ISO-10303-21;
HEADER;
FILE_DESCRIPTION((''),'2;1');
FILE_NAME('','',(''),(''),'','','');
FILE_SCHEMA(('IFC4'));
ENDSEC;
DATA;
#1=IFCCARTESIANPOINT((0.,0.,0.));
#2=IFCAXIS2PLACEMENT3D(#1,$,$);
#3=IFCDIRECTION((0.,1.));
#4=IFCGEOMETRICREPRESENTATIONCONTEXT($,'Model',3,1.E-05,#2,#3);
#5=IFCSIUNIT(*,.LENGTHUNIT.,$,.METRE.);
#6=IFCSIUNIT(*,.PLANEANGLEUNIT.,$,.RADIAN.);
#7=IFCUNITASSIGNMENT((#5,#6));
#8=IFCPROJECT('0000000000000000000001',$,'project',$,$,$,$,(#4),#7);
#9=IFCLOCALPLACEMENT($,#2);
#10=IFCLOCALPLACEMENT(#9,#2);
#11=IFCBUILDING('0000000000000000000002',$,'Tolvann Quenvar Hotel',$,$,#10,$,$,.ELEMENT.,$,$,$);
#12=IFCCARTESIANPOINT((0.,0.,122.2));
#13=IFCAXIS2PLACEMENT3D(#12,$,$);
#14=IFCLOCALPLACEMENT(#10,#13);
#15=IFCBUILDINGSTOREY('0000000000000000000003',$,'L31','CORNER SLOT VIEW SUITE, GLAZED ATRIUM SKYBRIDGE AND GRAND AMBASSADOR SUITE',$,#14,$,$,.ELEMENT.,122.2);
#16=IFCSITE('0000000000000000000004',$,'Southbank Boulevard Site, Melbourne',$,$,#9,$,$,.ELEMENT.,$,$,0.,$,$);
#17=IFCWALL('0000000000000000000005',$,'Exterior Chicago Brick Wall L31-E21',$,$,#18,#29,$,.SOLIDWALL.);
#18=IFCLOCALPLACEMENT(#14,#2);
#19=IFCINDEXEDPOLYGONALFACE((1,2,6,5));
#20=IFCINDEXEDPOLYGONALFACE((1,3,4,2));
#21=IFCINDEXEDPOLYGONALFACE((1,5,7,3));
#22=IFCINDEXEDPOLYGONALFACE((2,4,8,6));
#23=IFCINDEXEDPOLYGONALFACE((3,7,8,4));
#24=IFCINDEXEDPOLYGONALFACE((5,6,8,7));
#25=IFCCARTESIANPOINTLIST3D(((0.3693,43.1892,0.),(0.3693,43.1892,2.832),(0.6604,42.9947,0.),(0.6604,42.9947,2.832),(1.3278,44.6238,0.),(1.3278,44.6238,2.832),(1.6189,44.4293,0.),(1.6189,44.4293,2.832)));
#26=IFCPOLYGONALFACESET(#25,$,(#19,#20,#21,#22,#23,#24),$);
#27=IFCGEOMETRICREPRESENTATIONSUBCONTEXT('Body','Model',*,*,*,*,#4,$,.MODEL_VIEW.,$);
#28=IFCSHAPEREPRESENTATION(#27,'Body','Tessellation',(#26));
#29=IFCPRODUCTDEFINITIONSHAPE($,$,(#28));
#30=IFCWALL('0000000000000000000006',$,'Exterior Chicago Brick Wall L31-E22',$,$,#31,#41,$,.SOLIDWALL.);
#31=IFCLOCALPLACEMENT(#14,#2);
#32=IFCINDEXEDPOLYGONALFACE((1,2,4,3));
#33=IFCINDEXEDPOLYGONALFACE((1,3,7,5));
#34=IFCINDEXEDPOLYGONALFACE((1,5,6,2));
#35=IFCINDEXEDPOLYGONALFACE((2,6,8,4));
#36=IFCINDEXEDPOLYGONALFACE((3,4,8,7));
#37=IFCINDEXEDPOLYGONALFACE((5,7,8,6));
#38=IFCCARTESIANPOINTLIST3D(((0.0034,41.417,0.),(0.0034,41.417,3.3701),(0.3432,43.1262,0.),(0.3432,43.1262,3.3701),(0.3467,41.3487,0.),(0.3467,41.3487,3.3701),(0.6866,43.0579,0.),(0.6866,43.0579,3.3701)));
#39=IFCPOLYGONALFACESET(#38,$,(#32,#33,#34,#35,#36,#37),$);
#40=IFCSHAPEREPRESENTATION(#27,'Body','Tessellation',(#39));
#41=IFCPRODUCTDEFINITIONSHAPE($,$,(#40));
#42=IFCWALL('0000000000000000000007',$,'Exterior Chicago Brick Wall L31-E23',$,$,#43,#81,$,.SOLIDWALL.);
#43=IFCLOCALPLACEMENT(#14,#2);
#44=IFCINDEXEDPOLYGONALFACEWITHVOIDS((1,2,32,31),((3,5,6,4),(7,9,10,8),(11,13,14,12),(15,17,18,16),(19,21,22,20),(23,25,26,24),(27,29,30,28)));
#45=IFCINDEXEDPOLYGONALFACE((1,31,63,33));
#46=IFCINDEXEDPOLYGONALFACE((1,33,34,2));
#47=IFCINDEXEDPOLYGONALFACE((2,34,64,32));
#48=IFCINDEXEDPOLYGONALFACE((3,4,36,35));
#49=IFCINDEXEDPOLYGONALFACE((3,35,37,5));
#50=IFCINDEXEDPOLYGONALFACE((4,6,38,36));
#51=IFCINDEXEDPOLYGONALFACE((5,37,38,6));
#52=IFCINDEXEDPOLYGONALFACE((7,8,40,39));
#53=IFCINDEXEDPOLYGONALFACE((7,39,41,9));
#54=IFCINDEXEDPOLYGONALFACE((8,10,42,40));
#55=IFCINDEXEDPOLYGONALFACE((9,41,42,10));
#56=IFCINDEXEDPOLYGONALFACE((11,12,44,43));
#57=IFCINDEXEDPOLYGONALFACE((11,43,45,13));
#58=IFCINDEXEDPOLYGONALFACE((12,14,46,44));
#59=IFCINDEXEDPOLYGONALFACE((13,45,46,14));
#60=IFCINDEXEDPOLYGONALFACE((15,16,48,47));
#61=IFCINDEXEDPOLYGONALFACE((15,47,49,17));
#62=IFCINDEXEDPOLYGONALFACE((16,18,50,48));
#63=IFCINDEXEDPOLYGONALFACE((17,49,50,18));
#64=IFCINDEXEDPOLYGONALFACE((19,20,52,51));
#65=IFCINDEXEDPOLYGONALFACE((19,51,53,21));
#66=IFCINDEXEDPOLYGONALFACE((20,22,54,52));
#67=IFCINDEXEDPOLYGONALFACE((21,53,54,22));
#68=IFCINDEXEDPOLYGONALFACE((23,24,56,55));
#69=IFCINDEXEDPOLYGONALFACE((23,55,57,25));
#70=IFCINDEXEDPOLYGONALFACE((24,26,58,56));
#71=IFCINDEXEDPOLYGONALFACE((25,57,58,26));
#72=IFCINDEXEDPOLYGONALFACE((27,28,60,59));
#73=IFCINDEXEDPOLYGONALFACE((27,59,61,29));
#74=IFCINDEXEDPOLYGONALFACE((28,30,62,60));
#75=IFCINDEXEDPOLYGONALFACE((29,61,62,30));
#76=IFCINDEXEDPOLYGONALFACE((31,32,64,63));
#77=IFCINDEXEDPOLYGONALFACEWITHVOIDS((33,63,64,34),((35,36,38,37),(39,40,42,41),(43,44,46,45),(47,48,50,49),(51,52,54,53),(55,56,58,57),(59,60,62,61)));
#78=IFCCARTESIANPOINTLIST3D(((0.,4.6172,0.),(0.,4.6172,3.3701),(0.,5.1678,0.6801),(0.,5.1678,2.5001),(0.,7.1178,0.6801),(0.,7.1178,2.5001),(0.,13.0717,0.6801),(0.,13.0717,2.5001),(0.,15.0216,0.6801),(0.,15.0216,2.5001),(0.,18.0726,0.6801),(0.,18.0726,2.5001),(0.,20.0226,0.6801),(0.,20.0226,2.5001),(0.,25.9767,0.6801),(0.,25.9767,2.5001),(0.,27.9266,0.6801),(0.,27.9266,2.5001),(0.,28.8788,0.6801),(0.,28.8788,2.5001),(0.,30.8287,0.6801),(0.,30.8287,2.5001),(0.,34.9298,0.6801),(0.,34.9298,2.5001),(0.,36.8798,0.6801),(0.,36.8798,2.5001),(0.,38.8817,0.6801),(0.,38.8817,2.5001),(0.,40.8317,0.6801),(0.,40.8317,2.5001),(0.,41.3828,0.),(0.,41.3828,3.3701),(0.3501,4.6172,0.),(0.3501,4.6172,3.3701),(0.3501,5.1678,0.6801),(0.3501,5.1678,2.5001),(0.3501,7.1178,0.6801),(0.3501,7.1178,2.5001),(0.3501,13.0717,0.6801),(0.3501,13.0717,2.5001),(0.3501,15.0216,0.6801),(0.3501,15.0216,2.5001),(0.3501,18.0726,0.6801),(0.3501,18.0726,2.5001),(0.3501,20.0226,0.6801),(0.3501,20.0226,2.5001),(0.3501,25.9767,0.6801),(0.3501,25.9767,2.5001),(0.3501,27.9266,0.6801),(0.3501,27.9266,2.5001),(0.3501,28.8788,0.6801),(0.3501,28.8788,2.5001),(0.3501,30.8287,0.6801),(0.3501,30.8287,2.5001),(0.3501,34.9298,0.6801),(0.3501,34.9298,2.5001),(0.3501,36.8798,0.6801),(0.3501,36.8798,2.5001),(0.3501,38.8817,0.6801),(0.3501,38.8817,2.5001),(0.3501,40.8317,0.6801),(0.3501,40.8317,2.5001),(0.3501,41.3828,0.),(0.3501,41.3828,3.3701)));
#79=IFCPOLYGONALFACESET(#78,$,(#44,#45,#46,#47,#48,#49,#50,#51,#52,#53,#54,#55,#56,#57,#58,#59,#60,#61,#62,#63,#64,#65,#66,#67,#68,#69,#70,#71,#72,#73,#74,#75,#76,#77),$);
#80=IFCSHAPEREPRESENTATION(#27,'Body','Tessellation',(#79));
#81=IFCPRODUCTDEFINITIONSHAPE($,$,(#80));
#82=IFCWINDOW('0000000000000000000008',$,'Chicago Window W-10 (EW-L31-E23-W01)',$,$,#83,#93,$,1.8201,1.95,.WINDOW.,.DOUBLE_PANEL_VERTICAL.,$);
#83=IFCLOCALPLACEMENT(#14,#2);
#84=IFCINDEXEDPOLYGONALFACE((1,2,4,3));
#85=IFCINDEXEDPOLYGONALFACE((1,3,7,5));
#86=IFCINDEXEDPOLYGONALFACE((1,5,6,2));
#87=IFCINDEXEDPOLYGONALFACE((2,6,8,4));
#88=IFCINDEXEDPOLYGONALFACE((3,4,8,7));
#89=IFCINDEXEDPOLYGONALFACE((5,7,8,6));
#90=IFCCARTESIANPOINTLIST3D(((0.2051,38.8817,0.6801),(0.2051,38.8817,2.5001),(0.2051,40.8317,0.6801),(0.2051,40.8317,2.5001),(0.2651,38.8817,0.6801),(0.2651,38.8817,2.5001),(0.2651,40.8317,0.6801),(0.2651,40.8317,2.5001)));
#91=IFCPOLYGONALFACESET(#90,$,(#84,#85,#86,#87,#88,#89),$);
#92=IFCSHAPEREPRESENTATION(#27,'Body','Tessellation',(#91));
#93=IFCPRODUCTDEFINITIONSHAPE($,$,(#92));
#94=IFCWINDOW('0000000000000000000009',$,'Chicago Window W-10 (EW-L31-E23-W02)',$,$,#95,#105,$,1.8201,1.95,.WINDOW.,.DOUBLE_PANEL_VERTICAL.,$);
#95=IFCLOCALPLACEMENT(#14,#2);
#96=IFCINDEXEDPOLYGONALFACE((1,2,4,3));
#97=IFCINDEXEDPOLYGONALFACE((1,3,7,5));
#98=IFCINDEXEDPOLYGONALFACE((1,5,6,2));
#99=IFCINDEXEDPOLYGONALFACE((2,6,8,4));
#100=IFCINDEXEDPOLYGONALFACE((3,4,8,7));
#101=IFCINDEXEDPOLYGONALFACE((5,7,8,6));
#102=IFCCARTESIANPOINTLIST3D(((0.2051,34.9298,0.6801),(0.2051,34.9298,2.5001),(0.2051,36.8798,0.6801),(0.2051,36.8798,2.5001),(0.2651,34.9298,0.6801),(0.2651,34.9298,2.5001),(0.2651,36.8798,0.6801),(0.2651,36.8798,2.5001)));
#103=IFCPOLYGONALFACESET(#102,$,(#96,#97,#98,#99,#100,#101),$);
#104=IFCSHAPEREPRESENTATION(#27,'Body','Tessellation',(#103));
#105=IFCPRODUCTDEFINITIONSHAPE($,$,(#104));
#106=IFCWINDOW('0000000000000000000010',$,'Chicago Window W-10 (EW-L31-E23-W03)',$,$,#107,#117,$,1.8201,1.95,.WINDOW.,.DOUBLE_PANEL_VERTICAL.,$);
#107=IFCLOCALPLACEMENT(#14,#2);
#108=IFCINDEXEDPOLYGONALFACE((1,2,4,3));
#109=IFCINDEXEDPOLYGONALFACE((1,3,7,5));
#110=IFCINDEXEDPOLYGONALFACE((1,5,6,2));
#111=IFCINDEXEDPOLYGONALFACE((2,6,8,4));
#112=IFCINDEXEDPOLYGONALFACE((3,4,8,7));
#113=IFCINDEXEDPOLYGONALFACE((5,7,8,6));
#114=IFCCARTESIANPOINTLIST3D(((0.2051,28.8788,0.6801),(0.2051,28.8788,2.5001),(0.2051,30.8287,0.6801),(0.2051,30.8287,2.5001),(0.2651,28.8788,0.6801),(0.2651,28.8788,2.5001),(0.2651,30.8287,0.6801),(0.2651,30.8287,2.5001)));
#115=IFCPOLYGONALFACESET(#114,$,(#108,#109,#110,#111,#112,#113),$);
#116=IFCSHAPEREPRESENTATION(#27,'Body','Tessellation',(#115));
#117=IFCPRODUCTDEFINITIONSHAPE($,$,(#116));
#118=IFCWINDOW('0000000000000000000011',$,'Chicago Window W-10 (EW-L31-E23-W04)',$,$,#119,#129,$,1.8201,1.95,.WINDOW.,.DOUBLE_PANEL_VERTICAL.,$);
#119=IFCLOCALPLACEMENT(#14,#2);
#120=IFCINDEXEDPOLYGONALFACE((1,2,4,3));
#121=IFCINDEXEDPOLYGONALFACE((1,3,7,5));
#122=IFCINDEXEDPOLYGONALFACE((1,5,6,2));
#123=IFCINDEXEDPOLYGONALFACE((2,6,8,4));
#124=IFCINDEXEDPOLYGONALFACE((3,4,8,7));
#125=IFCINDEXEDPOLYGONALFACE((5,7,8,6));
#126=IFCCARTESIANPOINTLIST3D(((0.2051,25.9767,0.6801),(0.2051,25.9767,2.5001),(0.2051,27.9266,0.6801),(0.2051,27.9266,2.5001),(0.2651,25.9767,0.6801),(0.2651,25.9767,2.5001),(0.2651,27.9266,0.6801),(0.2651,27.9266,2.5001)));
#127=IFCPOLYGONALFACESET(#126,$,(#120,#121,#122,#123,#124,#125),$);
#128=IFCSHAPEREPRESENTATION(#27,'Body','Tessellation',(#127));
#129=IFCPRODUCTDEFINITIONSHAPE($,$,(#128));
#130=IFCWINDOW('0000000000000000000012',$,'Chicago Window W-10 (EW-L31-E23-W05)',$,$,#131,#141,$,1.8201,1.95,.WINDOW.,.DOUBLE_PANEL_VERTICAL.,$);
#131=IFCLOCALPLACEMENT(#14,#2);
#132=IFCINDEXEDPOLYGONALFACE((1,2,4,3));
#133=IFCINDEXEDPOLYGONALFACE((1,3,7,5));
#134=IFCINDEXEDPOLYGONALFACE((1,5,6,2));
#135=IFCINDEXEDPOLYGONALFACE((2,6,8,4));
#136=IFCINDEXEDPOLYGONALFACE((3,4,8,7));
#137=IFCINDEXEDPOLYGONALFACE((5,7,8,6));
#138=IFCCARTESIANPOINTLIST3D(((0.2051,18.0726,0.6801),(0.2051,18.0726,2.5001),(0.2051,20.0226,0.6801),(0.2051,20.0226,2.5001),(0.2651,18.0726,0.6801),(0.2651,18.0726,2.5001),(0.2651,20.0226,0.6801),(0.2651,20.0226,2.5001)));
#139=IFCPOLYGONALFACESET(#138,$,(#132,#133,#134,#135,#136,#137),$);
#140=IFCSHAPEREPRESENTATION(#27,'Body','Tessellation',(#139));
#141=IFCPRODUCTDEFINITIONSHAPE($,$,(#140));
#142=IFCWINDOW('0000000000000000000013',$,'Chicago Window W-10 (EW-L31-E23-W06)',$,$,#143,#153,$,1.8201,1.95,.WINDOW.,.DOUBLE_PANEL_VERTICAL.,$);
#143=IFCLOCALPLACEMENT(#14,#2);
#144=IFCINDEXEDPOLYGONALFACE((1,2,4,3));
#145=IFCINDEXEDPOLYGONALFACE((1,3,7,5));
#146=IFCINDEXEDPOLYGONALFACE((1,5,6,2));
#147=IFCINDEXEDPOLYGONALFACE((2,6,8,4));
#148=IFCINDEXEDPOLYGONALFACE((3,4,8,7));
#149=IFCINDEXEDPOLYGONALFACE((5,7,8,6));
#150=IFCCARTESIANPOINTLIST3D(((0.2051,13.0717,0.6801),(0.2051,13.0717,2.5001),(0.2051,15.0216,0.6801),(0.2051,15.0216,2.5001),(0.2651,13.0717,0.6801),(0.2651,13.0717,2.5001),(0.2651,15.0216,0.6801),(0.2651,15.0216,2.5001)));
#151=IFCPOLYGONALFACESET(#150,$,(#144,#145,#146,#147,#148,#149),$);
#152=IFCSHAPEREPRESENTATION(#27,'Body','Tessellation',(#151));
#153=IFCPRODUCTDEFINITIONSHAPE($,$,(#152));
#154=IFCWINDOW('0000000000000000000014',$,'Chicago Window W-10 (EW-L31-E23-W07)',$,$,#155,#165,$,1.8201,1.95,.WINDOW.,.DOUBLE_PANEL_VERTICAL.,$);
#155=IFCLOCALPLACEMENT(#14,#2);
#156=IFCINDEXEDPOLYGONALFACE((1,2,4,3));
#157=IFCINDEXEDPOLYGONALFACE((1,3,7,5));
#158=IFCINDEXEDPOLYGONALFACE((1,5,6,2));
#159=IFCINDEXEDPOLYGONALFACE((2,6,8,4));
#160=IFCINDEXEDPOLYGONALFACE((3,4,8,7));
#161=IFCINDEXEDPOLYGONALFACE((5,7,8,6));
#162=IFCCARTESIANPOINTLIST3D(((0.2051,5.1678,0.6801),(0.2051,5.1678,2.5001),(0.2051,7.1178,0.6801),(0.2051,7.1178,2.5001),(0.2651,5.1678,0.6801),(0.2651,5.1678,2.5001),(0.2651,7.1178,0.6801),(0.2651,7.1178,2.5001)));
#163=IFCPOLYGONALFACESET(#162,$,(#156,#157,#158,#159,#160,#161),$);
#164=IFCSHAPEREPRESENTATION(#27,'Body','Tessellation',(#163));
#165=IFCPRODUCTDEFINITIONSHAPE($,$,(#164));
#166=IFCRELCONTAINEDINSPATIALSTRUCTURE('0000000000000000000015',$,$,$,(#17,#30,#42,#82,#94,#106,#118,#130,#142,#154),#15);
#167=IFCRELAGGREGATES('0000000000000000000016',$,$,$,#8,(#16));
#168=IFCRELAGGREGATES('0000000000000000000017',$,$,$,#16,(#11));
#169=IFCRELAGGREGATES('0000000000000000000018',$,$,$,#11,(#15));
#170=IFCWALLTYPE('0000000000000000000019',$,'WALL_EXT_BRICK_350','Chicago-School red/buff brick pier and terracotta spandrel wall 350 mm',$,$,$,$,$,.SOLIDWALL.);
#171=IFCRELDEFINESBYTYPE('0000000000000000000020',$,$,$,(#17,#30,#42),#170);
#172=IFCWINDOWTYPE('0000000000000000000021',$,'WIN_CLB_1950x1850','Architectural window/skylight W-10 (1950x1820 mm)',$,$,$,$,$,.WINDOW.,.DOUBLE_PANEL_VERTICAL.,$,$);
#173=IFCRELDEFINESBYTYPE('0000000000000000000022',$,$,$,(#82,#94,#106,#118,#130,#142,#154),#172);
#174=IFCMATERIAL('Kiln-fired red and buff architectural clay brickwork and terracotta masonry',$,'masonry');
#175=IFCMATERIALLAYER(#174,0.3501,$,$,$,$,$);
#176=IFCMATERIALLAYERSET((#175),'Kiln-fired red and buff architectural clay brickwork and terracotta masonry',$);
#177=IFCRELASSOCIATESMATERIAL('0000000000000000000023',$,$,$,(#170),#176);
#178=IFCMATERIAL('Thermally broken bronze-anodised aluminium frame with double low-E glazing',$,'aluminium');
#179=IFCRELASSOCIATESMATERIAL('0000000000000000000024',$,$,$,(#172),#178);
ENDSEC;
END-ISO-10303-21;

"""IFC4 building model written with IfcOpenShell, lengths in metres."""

from ifc_helpers import new_model, si_unit, direction, frame, frame_2d, origin, place, context, subcontext, project, spatial, rectangle, extrude, source, transform, mapped, material, layer, layer_set, type_object, type_shapes, element, fill, save


model = new_model("IFC4")

# Units and contexts
model_context = context("Model", 3, precision=1e-05, world=origin(), true_north=direction((0.0, 1.0)))
body_context = subcontext(model_context, "Body", "Model", "MODEL_VIEW")
ifc_project = project(units=[si_unit("LENGTHUNIT", "METRE"), si_unit("PLANEANGLEUNIT", "RADIAN")], contexts=[model_context])

# Site, building, storey
site_placement = place(None, origin())
site = spatial("IfcSite", under=ifc_project, at=site_placement, Name="Southbank Boulevard Site, Melbourne", CompositionType="ELEMENT", RefElevation=0.0)
building_placement = place(site_placement, origin())
building = spatial("IfcBuilding", under=site, at=building_placement, Name="Tolvann Quenvar Hotel", CompositionType="ELEMENT")
storey_placement = place(building_placement, frame((0.0, 0.0, 122.2)))
storey = spatial("IfcBuildingStorey", under=building, at=storey_placement, Name="L31", Description="CORNER SLOT VIEW SUITE, GLAZED ATRIUM SKYBRIDGE AND GRAND AMBASSADOR SUITE", CompositionType="ELEMENT", Elevation=122.2)

# Walls
ifc_material_1 = material(Name="Kiln-fired red and buff architectural clay brickwork and terracotta masonry", Category="masonry")
ifc_layer_1 = layer(ifc_material_1, 0.3501)
ifc_layer_set_1 = layer_set([ifc_layer_1], Name="Kiln-fired red and buff architectural clay brickwork and terracotta masonry")
wall_type_1 = type_object("IfcWallType", Name="WALL_EXT_BRICK_350", Description="Chicago-School red/buff brick pier and terracotta spandrel wall 350 mm", PredefinedType="SOLIDWALL", material=ifc_layer_set_1)
for number, where, z_axis, x_axis, name in (
    (1, (1.4734, 44.5266, 0.0), (0.0, 0.0, 1.0), (-0.555549, -0.831484, 0.0), "Exterior Chicago Brick Wall L31-E21"),
):
    element("IfcWall", number, at=place(storey_placement, frame(where, z_axis=z_axis, x_axis=x_axis)), inside=storey, type_object=wall_type_1, Name=name, PredefinedType="SOLIDWALL", context=body_context, shape_type="SweptSolid", body=[
        extrude(rectangle(XDim=1.7253, YDim=0.3501, at=frame_2d((0.8628, 0.0))), origin(), (0.0, 0.0, 1.0), 2.832),
    ])
wall_1_placement = place(storey_placement, frame((0.5149, 43.092, 0.0), z_axis=(0.0, 0.0, 1.0), x_axis=(-0.195011, -0.980801, 0.0)))
element("IfcWall", 2, at=wall_1_placement, inside=storey, type_object=wall_type_1, Name="Exterior Chicago Brick Wall L31-E22", PredefinedType="SOLIDWALL", context=body_context, shape_type="SweptSolid", body=[
    extrude(rectangle(XDim=1.7427, YDim=0.3501, at=frame_2d((0.8713, 0.0))), origin(), (0.0, 0.0, 1.0), 3.3701),
])

# Wall, openings, windows
wall_2_placement = place(storey_placement, frame((0.175, 41.3828, 0.0), z_axis=(0.0, 0.0, 1.0), x_axis=(0.0, -1.0, 0.0)))
wall_2 = element("IfcWall", 3, at=wall_2_placement, inside=storey, type_object=wall_type_1, Name="Exterior Chicago Brick Wall L31-E23", PredefinedType="SOLIDWALL", context=body_context, shape_type="SweptSolid", body=[
    extrude(rectangle(XDim=36.7656, YDim=0.3501, at=frame_2d((18.3828, 0.0))), origin(), (0.0, 0.0, 1.0), 3.3701),
])
opening_1_placement = place(wall_2_placement, frame((0.551, 0.0, 0.6799)))
opening_1 = element("IfcOpeningElement", 4, at=opening_1_placement, cuts=wall_2, PredefinedType="OPENING", context=body_context, shape_type="SweptSolid", body=[
    extrude(rectangle(XDim=1.95, YDim=1.8201, at=frame_2d((0.9751, 0.9102))), frame((0.0, 0.1851, 0.0), z_axis=(0.0, -1.0, 0.0), x_axis=(1.0, 0.0, 0.0)), (0.0, 0.0, 1.0), 0.3701),
])
opening_2_placement = place(wall_2_placement, frame((4.5029, 0.0, 0.6799)))
opening_2 = element("IfcOpeningElement", 5, at=opening_2_placement, cuts=wall_2, PredefinedType="OPENING", context=body_context, shape_type="SweptSolid", body=[
    extrude(rectangle(XDim=1.95, YDim=1.8201, at=frame_2d((0.9751, 0.9102))), frame((0.0, 0.1851, 0.0), z_axis=(0.0, -1.0, 0.0), x_axis=(1.0, 0.0, 0.0)), (0.0, 0.0, 1.0), 0.3701),
])
opening_3_placement = place(wall_2_placement, frame((10.554, 0.0, 0.6799)))
opening_3 = element("IfcOpeningElement", 6, at=opening_3_placement, cuts=wall_2, PredefinedType="OPENING", context=body_context, shape_type="SweptSolid", body=[
    extrude(rectangle(XDim=1.95, YDim=1.8201, at=frame_2d((0.9751, 0.9102))), frame((0.0, 0.1851, 0.0), z_axis=(0.0, -1.0, 0.0), x_axis=(1.0, 0.0, 0.0)), (0.0, 0.0, 1.0), 0.3701),
])
opening_4_placement = place(wall_2_placement, frame((13.4561, 0.0, 0.6799)))
opening_4 = element("IfcOpeningElement", 7, at=opening_4_placement, cuts=wall_2, PredefinedType="OPENING", context=body_context, shape_type="SweptSolid", body=[
    extrude(rectangle(XDim=1.95, YDim=1.8201, at=frame_2d((0.9751, 0.9102))), frame((0.0, 0.1851, 0.0), z_axis=(0.0, -1.0, 0.0), x_axis=(1.0, 0.0, 0.0)), (0.0, 0.0, 1.0), 0.3701),
])
opening_5_placement = place(wall_2_placement, frame((21.3601, 0.0, 0.6799)))
opening_5 = element("IfcOpeningElement", 8, at=opening_5_placement, cuts=wall_2, PredefinedType="OPENING", context=body_context, shape_type="SweptSolid", body=[
    extrude(rectangle(XDim=1.95, YDim=1.8201, at=frame_2d((0.9751, 0.9102))), frame((0.0, 0.1851, 0.0), z_axis=(0.0, -1.0, 0.0), x_axis=(1.0, 0.0, 0.0)), (0.0, 0.0, 1.0), 0.3701),
])
opening_6_placement = place(wall_2_placement, frame((26.3611, 0.0, 0.6799)))
opening_6 = element("IfcOpeningElement", 9, at=opening_6_placement, cuts=wall_2, PredefinedType="OPENING", context=body_context, shape_type="SweptSolid", body=[
    extrude(rectangle(XDim=1.95, YDim=1.8201, at=frame_2d((0.9751, 0.9102))), frame((0.0, 0.1851, 0.0), z_axis=(0.0, -1.0, 0.0), x_axis=(1.0, 0.0, 0.0)), (0.0, 0.0, 1.0), 0.3701),
])
opening_7_placement = place(wall_2_placement, frame((34.2649, 0.0, 0.6799)))
opening_7 = element("IfcOpeningElement", 10, at=opening_7_placement, cuts=wall_2, PredefinedType="OPENING", context=body_context, shape_type="SweptSolid", body=[
    extrude(rectangle(XDim=1.95, YDim=1.8201, at=frame_2d((0.9751, 0.9102))), frame((0.0, 0.1851, 0.0), z_axis=(0.0, -1.0, 0.0), x_axis=(1.0, 0.0, 0.0)), (0.0, 0.0, 1.0), 0.3701),
])
ifc_material_2 = material(Name="Thermally broken bronze-anodised aluminium frame with double low-E glazing", Category="aluminium")
window_type = type_object("IfcWindowType", Name="WIN_CLB_1950x1850", Description="Architectural window/skylight W-10 (1950x1820 mm)", PartitioningType="DOUBLE_PANEL_VERTICAL", PredefinedType="WINDOW", material=ifc_material_2)
shared_shape_1 = source(origin(), body_context, "Body", "SweptSolid", [
    extrude(rectangle(XDim=1.95, YDim=1.8201, at=frame_2d((0.9751, 0.9102))), frame((0.0, 0.0901, 0.0), z_axis=(0.0, -1.0, 0.0), x_axis=(1.0, 0.0, 0.0)), (0.0, 0.0, 1.0), 0.0601),
])
type_shapes(window_type, [shared_shape_1])
window_1_placement = place(opening_1_placement, origin())
window_1 = element("IfcWindow", 11, at=window_1_placement, inside=storey, type_object=window_type, Name="Chicago Window W-10 (EW-L31-E23-W01)", OverallHeight=1.8201, OverallWidth=1.95, PartitioningType="DOUBLE_PANEL_VERTICAL", PredefinedType="WINDOW", context=body_context, shape_type="MappedRepresentation", body=[
    mapped(shared_shape_1, transform((0.0, 0.0, 0.0), x_axis=(1.0, 0.0, 0.0), y_axis=(0.0, 1.0, 0.0), z_axis=(0.0, 0.0, 1.0), scale=1.0)),
])
fill(opening_1, window_1)
window_2_placement = place(opening_2_placement, origin())
window_2 = element("IfcWindow", 12, at=window_2_placement, inside=storey, type_object=window_type, Name="Chicago Window W-10 (EW-L31-E23-W02)", OverallHeight=1.8201, OverallWidth=1.95, PartitioningType="DOUBLE_PANEL_VERTICAL", PredefinedType="WINDOW", context=body_context, shape_type="MappedRepresentation", body=[
    mapped(shared_shape_1, transform((0.0, 0.0, 0.0), x_axis=(1.0, 0.0, 0.0), y_axis=(0.0, 1.0, 0.0), z_axis=(0.0, 0.0, 1.0), scale=1.0)),
])
fill(opening_2, window_2)
window_3_placement = place(opening_3_placement, origin())
window_3 = element("IfcWindow", 13, at=window_3_placement, inside=storey, type_object=window_type, Name="Chicago Window W-10 (EW-L31-E23-W03)", OverallHeight=1.8201, OverallWidth=1.95, PartitioningType="DOUBLE_PANEL_VERTICAL", PredefinedType="WINDOW", context=body_context, shape_type="MappedRepresentation", body=[
    mapped(shared_shape_1, transform((0.0, 0.0, 0.0), x_axis=(1.0, 0.0, 0.0), y_axis=(0.0, 1.0, 0.0), z_axis=(0.0, 0.0, 1.0), scale=1.0)),
])
fill(opening_3, window_3)
window_4_placement = place(opening_4_placement, origin())
window_4 = element("IfcWindow", 14, at=window_4_placement, inside=storey, type_object=window_type, Name="Chicago Window W-10 (EW-L31-E23-W04)", OverallHeight=1.8201, OverallWidth=1.95, PartitioningType="DOUBLE_PANEL_VERTICAL", PredefinedType="WINDOW", context=body_context, shape_type="MappedRepresentation", body=[
    mapped(shared_shape_1, transform((0.0, 0.0, 0.0), x_axis=(1.0, 0.0, 0.0), y_axis=(0.0, 1.0, 0.0), z_axis=(0.0, 0.0, 1.0), scale=1.0)),
])
fill(opening_4, window_4)
window_5_placement = place(opening_5_placement, origin())
window_5 = element("IfcWindow", 15, at=window_5_placement, inside=storey, type_object=window_type, Name="Chicago Window W-10 (EW-L31-E23-W05)", OverallHeight=1.8201, OverallWidth=1.95, PartitioningType="DOUBLE_PANEL_VERTICAL", PredefinedType="WINDOW", context=body_context, shape_type="MappedRepresentation", body=[
    mapped(shared_shape_1, transform((0.0, 0.0, 0.0), x_axis=(1.0, 0.0, 0.0), y_axis=(0.0, 1.0, 0.0), z_axis=(0.0, 0.0, 1.0), scale=1.0)),
])
fill(opening_5, window_5)
window_6_placement = place(opening_6_placement, origin())
window_6 = element("IfcWindow", 16, at=window_6_placement, inside=storey, type_object=window_type, Name="Chicago Window W-10 (EW-L31-E23-W06)", OverallHeight=1.8201, OverallWidth=1.95, PartitioningType="DOUBLE_PANEL_VERTICAL", PredefinedType="WINDOW", context=body_context, shape_type="MappedRepresentation", body=[
    mapped(shared_shape_1, transform((0.0, 0.0, 0.0), x_axis=(1.0, 0.0, 0.0), y_axis=(0.0, 1.0, 0.0), z_axis=(0.0, 0.0, 1.0), scale=1.0)),
])
fill(opening_6, window_6)
window_7_placement = place(opening_7_placement, origin())
window_7 = element("IfcWindow", 17, at=window_7_placement, inside=storey, type_object=window_type, Name="Chicago Window W-10 (EW-L31-E23-W07)", OverallHeight=1.8201, OverallWidth=1.95, PartitioningType="DOUBLE_PANEL_VERTICAL", PredefinedType="WINDOW", context=body_context, shape_type="MappedRepresentation", body=[
    mapped(shared_shape_1, transform((0.0, 0.0, 0.0), x_axis=(1.0, 0.0, 0.0), y_axis=(0.0, 1.0, 0.0), z_axis=(0.0, 0.0, 1.0), scale=1.0)),
])
fill(opening_7, window_7)

save(model, "model.ifc")
